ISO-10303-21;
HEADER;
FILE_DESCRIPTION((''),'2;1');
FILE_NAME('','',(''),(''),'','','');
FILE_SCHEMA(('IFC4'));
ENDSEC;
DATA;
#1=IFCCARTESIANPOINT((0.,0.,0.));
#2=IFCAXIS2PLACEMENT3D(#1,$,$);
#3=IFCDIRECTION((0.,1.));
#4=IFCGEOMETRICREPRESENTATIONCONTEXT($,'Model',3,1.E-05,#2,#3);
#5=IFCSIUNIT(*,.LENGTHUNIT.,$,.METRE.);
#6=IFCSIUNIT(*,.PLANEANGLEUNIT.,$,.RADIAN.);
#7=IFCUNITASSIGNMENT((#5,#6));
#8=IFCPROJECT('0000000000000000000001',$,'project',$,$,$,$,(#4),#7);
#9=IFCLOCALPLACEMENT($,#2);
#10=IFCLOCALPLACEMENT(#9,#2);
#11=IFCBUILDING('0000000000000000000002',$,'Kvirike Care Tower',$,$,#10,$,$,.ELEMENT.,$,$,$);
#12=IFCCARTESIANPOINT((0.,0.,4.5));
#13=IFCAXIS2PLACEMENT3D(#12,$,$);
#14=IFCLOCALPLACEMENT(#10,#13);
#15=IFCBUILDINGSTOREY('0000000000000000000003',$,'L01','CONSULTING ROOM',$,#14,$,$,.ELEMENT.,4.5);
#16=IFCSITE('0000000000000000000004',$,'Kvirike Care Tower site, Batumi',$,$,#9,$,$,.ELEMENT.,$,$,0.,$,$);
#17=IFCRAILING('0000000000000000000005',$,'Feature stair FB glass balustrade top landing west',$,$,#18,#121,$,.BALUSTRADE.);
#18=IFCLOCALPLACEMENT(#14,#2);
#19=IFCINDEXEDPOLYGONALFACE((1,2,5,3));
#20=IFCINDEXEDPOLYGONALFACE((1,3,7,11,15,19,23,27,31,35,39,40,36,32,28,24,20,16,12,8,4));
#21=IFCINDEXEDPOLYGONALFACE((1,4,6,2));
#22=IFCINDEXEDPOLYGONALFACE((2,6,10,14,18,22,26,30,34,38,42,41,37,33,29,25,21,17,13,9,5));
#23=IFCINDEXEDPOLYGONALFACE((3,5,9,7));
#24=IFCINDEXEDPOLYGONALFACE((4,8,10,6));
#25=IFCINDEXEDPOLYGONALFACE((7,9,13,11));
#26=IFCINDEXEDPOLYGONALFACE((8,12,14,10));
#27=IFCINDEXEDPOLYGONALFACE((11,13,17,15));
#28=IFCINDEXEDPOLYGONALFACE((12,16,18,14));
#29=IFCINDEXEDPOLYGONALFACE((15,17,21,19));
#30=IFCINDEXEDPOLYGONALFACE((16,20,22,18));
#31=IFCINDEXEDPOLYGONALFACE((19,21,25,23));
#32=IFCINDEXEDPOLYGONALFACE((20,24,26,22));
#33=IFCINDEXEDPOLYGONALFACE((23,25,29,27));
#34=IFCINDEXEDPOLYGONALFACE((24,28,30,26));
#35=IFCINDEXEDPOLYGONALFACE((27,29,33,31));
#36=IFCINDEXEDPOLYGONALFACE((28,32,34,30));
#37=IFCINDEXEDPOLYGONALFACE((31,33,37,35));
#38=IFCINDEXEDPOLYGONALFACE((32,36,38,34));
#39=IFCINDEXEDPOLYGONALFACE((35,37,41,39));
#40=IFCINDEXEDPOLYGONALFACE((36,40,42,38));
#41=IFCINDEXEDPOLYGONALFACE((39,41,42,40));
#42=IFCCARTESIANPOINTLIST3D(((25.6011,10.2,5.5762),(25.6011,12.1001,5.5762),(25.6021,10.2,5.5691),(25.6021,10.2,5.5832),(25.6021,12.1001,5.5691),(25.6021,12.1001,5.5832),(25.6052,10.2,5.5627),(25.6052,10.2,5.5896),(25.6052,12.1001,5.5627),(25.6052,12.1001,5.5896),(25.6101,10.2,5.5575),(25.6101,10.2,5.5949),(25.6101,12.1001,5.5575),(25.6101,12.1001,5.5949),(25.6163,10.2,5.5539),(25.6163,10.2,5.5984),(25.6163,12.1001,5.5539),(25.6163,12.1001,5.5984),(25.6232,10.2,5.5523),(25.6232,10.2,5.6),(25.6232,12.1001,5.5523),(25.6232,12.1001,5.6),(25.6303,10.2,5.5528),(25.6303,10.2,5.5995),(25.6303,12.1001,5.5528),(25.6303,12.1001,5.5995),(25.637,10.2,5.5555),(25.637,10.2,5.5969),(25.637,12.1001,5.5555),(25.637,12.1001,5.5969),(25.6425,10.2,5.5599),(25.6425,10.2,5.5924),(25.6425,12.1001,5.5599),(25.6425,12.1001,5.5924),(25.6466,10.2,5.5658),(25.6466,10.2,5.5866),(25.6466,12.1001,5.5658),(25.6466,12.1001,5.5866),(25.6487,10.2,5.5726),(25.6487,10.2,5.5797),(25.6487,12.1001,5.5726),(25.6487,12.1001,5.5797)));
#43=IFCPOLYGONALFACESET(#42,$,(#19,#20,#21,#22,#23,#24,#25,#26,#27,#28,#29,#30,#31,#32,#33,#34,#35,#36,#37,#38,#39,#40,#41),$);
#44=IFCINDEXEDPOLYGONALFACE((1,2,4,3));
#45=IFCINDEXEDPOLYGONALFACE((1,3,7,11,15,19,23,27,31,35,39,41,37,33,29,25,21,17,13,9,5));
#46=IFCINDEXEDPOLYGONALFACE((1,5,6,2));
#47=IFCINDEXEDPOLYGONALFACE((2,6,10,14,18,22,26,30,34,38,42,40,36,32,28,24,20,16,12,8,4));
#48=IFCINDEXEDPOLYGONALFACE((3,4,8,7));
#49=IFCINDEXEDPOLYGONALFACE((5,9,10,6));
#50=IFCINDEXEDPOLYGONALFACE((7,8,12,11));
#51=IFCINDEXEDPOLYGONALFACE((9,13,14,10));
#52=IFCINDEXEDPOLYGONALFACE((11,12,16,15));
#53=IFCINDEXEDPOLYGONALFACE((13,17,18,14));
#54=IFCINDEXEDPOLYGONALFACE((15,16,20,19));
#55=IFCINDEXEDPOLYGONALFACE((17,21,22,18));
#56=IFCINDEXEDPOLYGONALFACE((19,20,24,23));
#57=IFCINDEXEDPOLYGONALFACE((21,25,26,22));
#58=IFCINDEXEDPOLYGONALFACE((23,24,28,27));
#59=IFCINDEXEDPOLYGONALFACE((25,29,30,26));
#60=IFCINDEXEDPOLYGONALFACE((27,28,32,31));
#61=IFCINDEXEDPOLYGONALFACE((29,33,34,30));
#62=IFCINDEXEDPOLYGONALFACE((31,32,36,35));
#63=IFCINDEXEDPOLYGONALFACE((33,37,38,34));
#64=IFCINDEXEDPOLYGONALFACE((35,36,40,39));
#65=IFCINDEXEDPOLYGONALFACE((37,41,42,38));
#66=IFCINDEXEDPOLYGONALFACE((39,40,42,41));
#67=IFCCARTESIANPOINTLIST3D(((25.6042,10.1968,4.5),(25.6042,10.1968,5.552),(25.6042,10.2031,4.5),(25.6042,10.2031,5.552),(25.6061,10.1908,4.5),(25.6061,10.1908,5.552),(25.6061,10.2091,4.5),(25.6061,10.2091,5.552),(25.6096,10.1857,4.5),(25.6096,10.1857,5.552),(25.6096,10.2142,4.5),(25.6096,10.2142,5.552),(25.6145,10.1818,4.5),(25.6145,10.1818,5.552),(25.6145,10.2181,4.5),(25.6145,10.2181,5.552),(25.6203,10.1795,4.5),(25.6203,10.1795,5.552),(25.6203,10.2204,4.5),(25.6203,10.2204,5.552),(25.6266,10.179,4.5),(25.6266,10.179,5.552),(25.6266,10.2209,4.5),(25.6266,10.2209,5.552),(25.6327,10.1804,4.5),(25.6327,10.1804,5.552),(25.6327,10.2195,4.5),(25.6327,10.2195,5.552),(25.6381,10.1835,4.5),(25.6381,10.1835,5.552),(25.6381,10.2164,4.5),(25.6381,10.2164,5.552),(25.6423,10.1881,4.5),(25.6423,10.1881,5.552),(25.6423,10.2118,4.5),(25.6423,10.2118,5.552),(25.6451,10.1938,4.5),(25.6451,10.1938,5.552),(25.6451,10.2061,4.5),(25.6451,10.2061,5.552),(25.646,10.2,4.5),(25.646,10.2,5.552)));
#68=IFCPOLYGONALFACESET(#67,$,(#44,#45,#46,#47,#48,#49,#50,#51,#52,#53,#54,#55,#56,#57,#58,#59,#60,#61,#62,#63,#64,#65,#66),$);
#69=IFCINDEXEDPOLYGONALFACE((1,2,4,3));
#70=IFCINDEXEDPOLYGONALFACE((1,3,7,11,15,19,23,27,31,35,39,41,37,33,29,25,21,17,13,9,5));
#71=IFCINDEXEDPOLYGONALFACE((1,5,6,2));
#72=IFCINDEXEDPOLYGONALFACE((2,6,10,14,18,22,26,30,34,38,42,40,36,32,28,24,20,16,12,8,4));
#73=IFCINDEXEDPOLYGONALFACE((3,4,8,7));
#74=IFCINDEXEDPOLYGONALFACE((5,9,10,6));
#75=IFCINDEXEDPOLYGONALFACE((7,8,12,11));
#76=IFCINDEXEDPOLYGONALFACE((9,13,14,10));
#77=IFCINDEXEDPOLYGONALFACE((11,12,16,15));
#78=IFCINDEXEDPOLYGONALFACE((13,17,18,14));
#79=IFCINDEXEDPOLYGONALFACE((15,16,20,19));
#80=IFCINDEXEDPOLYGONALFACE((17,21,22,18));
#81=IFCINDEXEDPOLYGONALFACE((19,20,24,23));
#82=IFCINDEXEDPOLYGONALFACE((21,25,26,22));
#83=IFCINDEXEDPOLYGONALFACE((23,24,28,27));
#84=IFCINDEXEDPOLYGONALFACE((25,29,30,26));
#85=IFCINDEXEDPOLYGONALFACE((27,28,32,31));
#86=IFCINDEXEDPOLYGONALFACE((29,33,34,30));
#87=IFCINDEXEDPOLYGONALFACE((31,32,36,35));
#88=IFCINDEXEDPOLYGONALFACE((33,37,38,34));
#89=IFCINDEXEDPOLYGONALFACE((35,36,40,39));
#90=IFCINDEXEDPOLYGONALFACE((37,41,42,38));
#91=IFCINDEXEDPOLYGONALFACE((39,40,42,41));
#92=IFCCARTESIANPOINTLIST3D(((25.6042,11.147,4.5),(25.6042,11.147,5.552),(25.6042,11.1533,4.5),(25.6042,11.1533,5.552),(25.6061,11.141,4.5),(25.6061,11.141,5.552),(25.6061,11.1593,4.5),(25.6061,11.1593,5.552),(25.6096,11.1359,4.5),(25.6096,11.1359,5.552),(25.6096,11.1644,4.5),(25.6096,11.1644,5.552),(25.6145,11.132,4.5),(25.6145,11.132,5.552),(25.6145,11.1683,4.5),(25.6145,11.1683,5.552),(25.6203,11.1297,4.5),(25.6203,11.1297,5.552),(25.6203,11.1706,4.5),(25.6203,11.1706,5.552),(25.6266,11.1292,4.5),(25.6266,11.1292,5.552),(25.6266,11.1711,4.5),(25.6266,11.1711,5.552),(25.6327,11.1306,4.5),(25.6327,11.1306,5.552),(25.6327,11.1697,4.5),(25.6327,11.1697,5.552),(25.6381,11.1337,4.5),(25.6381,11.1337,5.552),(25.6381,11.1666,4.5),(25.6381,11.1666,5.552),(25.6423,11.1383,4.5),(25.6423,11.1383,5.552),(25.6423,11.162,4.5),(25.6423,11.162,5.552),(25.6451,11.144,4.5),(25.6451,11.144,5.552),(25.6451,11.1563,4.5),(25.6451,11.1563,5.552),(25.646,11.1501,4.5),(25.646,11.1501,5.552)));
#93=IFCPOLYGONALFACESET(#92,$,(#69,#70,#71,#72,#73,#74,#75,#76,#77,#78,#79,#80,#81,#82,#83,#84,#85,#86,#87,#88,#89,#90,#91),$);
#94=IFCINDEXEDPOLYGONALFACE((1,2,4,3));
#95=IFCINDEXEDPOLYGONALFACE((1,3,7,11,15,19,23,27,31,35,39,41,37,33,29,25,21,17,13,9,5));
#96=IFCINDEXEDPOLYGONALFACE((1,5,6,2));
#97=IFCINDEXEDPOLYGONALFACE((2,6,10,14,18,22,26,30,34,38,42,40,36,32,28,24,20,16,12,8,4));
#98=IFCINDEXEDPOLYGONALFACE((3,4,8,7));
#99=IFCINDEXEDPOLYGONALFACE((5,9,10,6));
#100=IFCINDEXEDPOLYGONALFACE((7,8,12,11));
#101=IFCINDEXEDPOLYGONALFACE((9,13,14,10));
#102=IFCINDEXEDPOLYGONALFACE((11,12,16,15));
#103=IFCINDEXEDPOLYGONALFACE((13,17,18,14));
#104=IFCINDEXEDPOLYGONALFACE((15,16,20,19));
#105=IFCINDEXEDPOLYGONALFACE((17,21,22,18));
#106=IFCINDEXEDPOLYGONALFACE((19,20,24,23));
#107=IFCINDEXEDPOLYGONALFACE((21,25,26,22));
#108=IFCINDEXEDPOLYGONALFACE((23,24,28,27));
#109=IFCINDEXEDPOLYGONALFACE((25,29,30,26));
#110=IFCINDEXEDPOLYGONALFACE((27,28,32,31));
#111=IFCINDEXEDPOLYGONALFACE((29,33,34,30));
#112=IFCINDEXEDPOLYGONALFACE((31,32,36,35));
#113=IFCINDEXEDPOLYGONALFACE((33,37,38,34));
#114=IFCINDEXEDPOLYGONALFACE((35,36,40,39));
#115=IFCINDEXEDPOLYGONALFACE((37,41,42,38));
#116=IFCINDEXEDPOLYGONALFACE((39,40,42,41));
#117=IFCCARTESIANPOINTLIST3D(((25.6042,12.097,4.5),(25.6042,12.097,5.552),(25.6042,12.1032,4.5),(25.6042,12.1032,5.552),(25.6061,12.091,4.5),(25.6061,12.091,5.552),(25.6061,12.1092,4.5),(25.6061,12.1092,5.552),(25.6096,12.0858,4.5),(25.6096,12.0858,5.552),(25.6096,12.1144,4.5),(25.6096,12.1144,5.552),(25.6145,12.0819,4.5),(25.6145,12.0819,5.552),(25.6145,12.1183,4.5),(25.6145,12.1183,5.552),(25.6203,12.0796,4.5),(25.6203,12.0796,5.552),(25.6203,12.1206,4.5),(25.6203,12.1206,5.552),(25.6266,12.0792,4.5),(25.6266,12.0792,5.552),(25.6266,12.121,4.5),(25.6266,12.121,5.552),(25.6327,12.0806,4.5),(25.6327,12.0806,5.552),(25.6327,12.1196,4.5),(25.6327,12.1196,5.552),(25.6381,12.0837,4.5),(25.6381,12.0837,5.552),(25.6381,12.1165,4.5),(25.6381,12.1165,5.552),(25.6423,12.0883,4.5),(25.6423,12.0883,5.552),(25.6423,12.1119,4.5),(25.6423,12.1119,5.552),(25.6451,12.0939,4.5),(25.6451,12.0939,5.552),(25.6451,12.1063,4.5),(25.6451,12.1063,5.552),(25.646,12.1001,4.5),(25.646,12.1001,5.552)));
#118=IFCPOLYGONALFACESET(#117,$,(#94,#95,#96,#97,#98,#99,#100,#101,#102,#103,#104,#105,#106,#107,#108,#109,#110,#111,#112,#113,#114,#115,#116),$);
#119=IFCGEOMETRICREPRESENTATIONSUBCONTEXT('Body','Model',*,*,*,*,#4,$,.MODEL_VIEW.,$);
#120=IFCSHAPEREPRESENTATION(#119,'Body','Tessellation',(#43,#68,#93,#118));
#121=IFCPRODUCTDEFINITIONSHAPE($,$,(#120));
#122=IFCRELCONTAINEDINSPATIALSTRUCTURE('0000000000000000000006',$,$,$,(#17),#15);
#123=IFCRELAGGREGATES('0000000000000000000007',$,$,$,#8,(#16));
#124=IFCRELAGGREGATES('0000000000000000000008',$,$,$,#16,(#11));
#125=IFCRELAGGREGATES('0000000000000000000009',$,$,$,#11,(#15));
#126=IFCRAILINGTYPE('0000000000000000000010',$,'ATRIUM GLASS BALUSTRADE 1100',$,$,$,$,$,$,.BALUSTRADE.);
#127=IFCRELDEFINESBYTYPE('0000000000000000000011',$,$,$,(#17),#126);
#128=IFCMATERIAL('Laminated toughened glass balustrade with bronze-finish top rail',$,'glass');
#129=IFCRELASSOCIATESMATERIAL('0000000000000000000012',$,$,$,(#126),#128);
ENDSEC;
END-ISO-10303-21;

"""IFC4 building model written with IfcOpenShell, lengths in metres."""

from ifc_helpers import new_model, si_unit, direction, frame, origin, origin_2d, place, context, subcontext, project, spatial, circle, extrude, material, type_object, element, save


model = new_model("IFC4")

# Units and contexts
model_context = context("Model", 3, precision=1e-05, world=origin(), true_north=direction((0.0, 1.0)))
body_context = subcontext(model_context, "Body", "Model", "MODEL_VIEW")
ifc_project = project(units=[si_unit("LENGTHUNIT", "METRE"), si_unit("PLANEANGLEUNIT", "RADIAN")], contexts=[model_context])

# Site, building, storey
site_placement = place(None, origin())
site = spatial("IfcSite", under=ifc_project, at=site_placement, Name="Kvirike Care Tower site, Batumi", CompositionType="ELEMENT", RefElevation=0.0)
building_placement = place(site_placement, origin())
building = spatial("IfcBuilding", under=site, at=building_placement, Name="Kvirike Care Tower", CompositionType="ELEMENT")
storey_placement = place(building_placement, frame((0.0, 0.0, 4.5)))
storey = spatial("IfcBuildingStorey", under=building, at=storey_placement, Name="L01", Description="CONSULTING ROOM", CompositionType="ELEMENT", Elevation=4.5)

# Railing
ifc_material_1 = material(Name="Laminated toughened glass balustrade with bronze-finish top rail", Category="glass")
railing_type_1 = type_object("IfcRailingType", Name="ATRIUM GLASS BALUSTRADE 1100", PredefinedType="BALUSTRADE", material=ifc_material_1)
railing_1_placement = place(storey_placement, frame((25.625, 10.2, 4.5)))
element("IfcRailing", 1, at=railing_1_placement, inside=storey, type_object=railing_type_1, Name="Feature stair FB glass balustrade top landing west", PredefinedType="BALUSTRADE", context=body_context, shape_type="SweptSolid", body=[
    extrude(circle(Radius=0.0239, at=origin_2d()), frame((0.0, 0.0, 1.0762), z_axis=(0.0, 1.0, 0.0), x_axis=(-1.0, 0.0, 0.0)), (0.0, 0.0, 1.0), 1.9001),
    extrude(circle(Radius=0.021, at=origin_2d()), origin(), (0.0, 0.0, 1.0), 1.052),
    extrude(circle(Radius=0.021, at=origin_2d()), frame((0.0, 0.9502, 0.0)), (0.0, 0.0, 1.0), 1.052),
    extrude(circle(Radius=0.021, at=origin_2d()), frame((0.0, 1.9001, 0.0)), (0.0, 0.0, 1.0), 1.052),
])

save(model, "model.ifc")
